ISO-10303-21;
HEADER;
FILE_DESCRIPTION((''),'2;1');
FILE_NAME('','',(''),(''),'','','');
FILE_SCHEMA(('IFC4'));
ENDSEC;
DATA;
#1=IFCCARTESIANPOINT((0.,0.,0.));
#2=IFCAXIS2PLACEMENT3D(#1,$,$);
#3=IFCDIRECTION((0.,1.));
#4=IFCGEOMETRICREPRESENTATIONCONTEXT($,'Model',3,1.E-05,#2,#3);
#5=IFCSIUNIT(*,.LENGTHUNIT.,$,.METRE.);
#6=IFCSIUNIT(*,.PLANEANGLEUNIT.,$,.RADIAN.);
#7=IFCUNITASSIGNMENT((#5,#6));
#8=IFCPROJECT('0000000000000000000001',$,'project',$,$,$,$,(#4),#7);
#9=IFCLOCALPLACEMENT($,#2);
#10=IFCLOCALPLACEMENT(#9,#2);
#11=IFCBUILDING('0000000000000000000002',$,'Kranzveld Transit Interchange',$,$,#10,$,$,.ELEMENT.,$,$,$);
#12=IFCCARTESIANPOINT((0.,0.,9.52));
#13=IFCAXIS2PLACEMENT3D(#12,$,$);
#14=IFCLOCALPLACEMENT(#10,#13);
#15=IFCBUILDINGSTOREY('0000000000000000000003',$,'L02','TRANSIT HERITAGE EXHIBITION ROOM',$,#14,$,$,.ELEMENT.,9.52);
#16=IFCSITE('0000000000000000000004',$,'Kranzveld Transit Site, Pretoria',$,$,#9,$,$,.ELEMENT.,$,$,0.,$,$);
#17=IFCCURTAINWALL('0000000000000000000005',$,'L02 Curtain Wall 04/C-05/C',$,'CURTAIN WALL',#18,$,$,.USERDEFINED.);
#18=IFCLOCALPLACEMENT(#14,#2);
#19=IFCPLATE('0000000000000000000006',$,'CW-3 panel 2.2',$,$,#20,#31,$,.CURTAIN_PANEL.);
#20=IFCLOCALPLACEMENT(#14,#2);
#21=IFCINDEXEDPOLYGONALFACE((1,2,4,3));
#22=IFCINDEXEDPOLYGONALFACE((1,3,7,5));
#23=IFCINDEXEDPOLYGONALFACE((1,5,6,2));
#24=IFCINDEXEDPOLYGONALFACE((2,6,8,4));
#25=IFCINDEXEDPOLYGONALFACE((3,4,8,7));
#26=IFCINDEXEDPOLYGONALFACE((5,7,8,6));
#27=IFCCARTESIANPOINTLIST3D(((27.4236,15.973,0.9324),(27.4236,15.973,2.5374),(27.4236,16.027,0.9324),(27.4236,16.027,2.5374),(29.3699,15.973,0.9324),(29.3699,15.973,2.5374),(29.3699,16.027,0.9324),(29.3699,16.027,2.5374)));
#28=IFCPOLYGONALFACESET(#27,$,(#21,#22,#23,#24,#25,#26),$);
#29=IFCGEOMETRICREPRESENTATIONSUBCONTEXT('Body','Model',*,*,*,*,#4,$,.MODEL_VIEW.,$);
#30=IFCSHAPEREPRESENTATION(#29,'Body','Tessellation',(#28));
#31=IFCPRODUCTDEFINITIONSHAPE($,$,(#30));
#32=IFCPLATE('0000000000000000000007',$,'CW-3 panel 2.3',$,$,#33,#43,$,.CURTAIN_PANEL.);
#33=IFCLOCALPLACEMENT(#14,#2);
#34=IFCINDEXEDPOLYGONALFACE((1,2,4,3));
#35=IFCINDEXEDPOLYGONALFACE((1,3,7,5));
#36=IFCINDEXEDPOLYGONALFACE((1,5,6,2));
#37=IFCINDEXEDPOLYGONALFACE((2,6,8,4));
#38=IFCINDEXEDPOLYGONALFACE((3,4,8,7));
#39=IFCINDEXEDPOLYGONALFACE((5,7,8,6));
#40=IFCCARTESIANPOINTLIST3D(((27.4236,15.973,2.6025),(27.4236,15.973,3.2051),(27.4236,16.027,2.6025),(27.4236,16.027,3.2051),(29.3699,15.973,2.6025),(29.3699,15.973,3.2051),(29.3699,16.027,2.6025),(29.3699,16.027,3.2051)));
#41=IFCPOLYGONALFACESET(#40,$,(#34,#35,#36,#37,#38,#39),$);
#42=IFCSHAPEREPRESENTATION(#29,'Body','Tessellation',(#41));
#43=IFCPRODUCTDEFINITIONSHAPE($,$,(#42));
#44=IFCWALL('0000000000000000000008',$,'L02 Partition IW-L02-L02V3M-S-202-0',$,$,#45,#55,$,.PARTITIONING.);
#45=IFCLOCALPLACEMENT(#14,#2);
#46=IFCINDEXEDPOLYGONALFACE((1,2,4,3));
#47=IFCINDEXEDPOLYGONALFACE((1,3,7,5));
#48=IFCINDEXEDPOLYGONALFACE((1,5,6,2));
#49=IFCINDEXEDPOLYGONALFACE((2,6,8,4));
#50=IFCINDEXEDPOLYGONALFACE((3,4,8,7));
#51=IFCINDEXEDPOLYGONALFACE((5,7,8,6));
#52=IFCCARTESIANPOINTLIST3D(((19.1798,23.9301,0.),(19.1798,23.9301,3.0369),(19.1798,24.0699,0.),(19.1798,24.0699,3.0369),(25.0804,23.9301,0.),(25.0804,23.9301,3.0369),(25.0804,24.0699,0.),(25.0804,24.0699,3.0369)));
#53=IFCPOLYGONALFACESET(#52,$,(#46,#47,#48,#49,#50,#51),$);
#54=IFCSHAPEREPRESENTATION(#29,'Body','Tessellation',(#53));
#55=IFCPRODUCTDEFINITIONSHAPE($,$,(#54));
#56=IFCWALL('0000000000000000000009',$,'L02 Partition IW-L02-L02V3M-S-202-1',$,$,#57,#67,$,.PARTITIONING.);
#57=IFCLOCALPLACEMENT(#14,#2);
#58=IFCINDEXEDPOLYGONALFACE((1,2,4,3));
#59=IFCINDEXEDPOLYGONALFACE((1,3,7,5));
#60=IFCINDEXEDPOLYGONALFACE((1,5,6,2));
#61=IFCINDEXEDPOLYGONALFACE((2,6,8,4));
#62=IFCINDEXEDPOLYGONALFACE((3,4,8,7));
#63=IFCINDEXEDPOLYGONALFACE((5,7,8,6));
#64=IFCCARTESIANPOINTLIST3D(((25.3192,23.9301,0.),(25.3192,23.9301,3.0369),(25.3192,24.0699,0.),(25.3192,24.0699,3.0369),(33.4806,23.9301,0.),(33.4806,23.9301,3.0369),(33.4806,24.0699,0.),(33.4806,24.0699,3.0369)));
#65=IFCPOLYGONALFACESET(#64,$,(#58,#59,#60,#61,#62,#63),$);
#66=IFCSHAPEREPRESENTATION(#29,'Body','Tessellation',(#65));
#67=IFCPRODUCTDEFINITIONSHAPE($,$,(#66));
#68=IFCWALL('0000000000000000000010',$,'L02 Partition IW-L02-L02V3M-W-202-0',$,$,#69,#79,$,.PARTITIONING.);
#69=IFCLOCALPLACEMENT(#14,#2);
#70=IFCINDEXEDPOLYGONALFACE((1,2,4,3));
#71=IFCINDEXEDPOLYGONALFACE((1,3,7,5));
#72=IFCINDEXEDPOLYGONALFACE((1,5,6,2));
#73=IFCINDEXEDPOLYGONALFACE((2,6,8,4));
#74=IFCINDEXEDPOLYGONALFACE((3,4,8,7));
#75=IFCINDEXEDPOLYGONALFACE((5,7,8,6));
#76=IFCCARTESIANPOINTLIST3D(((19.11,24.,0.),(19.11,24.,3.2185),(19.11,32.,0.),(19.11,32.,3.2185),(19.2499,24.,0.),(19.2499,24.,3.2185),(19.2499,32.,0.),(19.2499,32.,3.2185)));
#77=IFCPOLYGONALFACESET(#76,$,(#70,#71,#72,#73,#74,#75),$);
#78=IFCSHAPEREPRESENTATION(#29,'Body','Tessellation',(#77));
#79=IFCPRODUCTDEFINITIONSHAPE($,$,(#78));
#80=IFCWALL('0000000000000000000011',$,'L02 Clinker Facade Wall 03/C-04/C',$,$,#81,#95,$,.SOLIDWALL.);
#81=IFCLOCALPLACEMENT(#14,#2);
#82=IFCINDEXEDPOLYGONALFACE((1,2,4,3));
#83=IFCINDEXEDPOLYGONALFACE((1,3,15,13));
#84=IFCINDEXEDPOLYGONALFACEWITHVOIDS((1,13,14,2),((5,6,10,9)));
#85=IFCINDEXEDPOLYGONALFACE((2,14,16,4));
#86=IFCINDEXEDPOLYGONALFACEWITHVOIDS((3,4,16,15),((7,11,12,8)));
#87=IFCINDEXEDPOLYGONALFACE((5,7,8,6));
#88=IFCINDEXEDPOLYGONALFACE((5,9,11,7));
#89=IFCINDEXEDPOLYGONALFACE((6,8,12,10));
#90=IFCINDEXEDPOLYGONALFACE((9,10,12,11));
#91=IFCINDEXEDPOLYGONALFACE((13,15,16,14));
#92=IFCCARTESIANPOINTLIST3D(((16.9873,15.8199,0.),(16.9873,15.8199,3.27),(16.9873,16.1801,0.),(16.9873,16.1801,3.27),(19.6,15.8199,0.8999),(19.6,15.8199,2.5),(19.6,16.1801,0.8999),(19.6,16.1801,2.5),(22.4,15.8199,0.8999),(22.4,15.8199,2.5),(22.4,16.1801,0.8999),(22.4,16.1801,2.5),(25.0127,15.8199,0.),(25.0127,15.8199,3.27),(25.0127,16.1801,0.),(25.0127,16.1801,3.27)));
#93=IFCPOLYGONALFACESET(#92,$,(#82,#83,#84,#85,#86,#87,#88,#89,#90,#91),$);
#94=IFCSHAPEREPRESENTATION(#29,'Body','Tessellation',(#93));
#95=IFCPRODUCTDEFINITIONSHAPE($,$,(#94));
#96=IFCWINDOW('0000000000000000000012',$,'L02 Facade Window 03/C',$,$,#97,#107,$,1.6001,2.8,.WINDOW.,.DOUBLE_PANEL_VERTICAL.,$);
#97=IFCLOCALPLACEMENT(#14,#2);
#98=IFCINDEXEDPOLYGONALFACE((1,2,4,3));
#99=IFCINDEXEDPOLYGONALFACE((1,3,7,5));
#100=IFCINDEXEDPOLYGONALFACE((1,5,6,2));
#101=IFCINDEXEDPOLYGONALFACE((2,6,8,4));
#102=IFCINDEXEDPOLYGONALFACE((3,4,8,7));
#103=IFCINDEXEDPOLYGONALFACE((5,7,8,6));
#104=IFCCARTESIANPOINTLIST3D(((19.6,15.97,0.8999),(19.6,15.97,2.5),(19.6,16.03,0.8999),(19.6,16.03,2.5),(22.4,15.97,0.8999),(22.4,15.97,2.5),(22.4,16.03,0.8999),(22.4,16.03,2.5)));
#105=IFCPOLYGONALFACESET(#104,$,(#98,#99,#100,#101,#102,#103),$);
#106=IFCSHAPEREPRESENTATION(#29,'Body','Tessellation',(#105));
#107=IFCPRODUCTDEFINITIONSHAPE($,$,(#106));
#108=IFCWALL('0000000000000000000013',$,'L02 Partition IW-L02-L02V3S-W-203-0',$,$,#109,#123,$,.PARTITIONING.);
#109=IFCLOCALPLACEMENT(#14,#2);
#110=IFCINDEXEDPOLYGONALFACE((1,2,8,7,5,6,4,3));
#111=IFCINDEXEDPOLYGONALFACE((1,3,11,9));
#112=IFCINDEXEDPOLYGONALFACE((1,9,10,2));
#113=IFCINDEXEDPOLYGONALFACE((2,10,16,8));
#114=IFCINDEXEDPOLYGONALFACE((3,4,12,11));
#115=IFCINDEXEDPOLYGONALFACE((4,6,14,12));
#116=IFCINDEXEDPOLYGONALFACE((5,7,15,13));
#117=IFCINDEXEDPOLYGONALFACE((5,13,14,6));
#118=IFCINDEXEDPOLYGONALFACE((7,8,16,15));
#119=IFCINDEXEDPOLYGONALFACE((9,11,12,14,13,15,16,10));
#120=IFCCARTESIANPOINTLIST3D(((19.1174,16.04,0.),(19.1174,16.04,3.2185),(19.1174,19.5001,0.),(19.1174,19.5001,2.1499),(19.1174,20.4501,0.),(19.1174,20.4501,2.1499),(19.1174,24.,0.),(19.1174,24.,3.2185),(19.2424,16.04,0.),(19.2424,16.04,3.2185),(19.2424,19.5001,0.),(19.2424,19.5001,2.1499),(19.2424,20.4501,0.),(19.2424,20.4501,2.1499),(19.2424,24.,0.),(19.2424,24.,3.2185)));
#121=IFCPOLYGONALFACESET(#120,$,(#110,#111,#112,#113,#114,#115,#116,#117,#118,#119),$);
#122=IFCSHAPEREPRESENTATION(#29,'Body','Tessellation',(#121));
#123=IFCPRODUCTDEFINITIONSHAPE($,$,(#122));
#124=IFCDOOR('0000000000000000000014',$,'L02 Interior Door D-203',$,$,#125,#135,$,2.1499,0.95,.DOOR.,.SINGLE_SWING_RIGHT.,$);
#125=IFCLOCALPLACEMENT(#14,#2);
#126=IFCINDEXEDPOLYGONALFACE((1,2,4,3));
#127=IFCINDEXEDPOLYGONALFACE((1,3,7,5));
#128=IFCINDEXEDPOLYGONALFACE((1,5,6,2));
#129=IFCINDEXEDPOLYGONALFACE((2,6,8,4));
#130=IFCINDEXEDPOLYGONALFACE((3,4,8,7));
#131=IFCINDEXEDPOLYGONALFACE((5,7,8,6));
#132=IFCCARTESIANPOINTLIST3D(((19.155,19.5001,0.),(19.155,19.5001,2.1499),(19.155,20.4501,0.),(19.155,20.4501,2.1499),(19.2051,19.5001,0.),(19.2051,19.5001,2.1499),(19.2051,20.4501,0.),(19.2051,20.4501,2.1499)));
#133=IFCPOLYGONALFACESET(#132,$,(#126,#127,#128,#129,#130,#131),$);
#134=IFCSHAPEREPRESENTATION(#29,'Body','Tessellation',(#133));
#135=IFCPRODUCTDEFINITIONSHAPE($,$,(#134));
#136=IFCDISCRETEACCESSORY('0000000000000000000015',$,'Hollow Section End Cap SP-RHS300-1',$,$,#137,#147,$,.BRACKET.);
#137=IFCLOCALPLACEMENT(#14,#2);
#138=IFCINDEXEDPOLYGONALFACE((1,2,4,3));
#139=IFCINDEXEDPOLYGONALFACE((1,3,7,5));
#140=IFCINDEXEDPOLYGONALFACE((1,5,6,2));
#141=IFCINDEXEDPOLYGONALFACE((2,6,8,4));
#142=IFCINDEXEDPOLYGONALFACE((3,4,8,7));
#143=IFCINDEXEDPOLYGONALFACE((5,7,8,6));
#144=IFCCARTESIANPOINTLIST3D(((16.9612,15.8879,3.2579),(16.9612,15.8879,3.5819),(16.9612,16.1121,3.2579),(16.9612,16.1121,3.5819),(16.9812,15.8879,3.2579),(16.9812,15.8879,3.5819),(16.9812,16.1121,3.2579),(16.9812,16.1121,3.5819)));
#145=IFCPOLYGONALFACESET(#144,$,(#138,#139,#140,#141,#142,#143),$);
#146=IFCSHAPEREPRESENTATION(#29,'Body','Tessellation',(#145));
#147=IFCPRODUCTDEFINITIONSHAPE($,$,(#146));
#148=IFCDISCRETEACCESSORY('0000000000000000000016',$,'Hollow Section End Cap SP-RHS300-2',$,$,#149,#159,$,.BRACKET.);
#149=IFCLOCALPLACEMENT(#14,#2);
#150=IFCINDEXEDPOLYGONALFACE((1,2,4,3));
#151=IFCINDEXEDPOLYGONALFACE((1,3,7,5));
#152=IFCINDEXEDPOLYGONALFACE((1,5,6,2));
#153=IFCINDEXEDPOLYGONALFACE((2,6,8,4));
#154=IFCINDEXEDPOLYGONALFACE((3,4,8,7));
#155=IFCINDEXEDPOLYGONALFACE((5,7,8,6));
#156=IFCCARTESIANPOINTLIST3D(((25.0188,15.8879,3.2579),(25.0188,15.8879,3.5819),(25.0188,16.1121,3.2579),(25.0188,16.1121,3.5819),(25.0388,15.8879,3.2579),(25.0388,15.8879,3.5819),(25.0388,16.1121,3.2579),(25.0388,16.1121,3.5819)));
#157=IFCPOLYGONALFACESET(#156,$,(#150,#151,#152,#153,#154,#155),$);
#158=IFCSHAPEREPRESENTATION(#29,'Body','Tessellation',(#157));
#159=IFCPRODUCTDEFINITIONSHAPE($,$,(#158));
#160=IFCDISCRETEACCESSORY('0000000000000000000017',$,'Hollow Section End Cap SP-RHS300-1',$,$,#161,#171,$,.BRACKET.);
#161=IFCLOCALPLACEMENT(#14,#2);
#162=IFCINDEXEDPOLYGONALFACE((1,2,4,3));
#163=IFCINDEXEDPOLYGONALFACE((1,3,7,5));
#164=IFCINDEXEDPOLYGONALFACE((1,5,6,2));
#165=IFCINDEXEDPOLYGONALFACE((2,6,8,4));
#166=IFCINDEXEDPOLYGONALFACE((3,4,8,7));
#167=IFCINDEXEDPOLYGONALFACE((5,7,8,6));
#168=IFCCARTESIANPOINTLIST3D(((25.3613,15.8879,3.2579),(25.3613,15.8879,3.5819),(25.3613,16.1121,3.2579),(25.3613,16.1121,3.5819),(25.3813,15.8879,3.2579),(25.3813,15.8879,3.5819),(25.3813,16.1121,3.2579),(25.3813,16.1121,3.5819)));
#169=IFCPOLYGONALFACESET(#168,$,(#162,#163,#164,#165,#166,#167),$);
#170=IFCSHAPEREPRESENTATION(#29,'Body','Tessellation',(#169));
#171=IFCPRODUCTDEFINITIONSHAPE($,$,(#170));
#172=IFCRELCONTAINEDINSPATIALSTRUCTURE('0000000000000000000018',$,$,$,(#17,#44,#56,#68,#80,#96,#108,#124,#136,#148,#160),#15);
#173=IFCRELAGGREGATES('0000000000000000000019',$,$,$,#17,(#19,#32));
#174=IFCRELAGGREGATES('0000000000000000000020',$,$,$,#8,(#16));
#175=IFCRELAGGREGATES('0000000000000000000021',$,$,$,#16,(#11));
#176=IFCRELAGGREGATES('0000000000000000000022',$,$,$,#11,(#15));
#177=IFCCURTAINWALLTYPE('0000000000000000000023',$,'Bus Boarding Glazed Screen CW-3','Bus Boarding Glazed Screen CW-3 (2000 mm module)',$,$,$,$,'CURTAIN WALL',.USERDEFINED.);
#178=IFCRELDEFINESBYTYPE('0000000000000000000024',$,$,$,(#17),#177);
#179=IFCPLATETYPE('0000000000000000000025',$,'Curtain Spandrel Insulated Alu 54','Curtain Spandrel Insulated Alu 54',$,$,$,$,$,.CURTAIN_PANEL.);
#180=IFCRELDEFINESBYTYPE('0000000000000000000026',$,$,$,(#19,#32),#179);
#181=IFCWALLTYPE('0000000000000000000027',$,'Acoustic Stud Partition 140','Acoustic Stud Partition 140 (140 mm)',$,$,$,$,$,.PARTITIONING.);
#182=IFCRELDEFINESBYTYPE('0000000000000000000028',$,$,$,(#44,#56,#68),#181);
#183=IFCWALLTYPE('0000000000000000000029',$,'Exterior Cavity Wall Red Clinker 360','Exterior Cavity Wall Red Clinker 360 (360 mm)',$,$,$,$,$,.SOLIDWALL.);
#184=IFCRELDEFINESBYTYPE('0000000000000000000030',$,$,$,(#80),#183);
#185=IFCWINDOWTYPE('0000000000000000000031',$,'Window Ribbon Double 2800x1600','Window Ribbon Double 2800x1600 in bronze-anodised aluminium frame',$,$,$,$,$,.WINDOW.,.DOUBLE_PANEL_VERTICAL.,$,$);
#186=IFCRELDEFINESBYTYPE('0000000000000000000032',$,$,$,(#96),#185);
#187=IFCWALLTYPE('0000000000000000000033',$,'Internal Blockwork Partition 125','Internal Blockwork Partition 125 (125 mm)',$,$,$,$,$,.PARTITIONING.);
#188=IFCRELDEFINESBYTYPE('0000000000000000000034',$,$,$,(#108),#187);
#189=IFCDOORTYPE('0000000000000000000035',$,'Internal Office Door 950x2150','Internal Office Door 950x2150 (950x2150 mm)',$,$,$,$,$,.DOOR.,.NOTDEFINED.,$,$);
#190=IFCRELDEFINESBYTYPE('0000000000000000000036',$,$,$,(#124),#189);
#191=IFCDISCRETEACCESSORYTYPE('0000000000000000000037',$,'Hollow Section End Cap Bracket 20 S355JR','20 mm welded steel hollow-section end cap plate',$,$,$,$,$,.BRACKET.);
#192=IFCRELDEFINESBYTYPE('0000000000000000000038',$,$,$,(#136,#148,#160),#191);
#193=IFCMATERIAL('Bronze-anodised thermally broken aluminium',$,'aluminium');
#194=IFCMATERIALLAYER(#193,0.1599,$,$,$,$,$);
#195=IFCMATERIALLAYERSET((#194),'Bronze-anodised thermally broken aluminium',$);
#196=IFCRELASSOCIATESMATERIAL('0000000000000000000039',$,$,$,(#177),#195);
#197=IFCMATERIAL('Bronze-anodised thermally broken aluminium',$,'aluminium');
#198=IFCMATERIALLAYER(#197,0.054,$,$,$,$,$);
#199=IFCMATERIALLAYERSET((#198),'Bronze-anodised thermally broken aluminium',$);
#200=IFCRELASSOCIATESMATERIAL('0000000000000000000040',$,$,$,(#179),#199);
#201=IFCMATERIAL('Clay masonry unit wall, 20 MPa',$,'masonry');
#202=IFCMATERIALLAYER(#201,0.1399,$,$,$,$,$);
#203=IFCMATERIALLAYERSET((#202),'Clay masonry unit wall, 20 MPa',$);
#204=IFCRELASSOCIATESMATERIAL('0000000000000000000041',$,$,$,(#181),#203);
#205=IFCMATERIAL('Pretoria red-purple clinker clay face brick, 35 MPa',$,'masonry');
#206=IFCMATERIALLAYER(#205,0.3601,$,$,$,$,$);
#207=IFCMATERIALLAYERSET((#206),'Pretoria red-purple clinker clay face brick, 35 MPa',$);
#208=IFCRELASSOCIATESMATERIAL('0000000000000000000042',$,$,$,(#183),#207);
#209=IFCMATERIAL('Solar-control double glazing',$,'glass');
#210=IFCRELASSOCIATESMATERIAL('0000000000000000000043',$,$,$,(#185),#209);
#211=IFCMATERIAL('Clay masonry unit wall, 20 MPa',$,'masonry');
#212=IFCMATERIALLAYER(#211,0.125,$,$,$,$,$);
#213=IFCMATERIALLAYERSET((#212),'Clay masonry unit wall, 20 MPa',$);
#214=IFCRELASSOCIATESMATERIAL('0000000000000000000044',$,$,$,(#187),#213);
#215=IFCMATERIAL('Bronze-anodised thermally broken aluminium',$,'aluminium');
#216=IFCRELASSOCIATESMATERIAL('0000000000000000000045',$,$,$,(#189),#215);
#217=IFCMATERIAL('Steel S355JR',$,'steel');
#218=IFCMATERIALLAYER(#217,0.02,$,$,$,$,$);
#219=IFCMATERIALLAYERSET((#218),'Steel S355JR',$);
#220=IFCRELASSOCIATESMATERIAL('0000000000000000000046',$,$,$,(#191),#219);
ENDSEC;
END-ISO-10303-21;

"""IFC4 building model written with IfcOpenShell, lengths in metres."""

from ifc_helpers import new_model, si_unit, direction, frame, frame_2d, origin, origin_2d, place, context, subcontext, project, spatial, rectangle, extrude, material, layer, layer_set, type_object, element, fill, aggregate, save


model = new_model("IFC4")

# Units and contexts
model_context = context("Model", 3, precision=1e-05, world=origin(), true_north=direction((0.0, 1.0)))
body_context = subcontext(model_context, "Body", "Model", "MODEL_VIEW")
ifc_project = project(units=[si_unit("LENGTHUNIT", "METRE"), si_unit("PLANEANGLEUNIT", "RADIAN")], contexts=[model_context])

# Site, building, storey
site_placement = place(None, origin())
site = spatial("IfcSite", under=ifc_project, at=site_placement, Name="Kranzveld Transit Site, Pretoria", CompositionType="ELEMENT", RefElevation=0.0)
building_placement = place(site_placement, origin())
building = spatial("IfcBuilding", under=site, at=building_placement, Name="Kranzveld Transit Interchange", CompositionType="ELEMENT")
storey_placement = place(building_placement, frame((0.0, 0.0, 9.52)))
storey = spatial("IfcBuildingStorey", under=building, at=storey_placement, Name="L02", Description="TRANSIT HERITAGE EXHIBITION ROOM", CompositionType="ELEMENT", Elevation=9.52)

# Curtain wall
ifc_material_1 = material(Name="Bronze-anodised thermally broken aluminium", Category="aluminium")
ifc_layer_1 = layer(ifc_material_1, 0.1599)
ifc_layer_set_1 = layer_set([ifc_layer_1], Name="Bronze-anodised thermally broken aluminium")
curtain_wall_type = type_object("IfcCurtainWallType", Name="Bus Boarding Glazed Screen CW-3", Description="Bus Boarding Glazed Screen CW-3 (2000 mm module)", ElementType="CURTAIN WALL", PredefinedType="USERDEFINED", material=ifc_layer_set_1)
curtain_wall_placement = place(storey_placement, origin())
curtain_wall = element("IfcCurtainWall", 1, at=curtain_wall_placement, inside=storey, type_object=curtain_wall_type, Name="L02 Curtain Wall 04/C-05/C", ObjectType="CURTAIN WALL", PredefinedType="USERDEFINED")

# Plates
ifc_material_2 = material(Name="Bronze-anodised thermally broken aluminium", Category="aluminium")
ifc_layer_2 = layer(ifc_material_2, 0.054)
ifc_layer_set_2 = layer_set([ifc_layer_2], Name="Bronze-anodised thermally broken aluminium")
plate_type = type_object("IfcPlateType", Name="Curtain Spandrel Insulated Alu 54", Description="Curtain Spandrel Insulated Alu 54", PredefinedType="CURTAIN_PANEL", material=ifc_layer_set_2)
plate_1_placement = place(storey_placement, frame((28.3967, 16.0, 0.9324), z_axis=(0.0, 0.0, 1.0), x_axis=(1.0, 0.0, 0.0)))
plate_1 = element("IfcPlate", 2, at=plate_1_placement, type_object=plate_type, Name="CW-3 panel 2.2", PredefinedType="CURTAIN_PANEL", context=body_context, shape_type="SweptSolid", body=[
    extrude(rectangle(XDim=1.9463, YDim=0.054, at=origin_2d()), origin(), (0.0, 0.0, 1.0), 1.605),
])
plate_2_placement = place(storey_placement, frame((28.3967, 16.0, 2.6025), z_axis=(0.0, 0.0, 1.0), x_axis=(1.0, 0.0, 0.0)))
plate_2 = element("IfcPlate", 3, at=plate_2_placement, type_object=plate_type, Name="CW-3 panel 2.3", PredefinedType="CURTAIN_PANEL", context=body_context, shape_type="SweptSolid", body=[
    extrude(rectangle(XDim=1.9463, YDim=0.054, at=origin_2d()), origin(), (0.0, 0.0, 1.0), 0.6025),
])
aggregate(curtain_wall, [plate_1, plate_2])

# Walls
ifc_material_3 = material(Name="Clay masonry unit wall, 20 MPa", Category="masonry")
ifc_layer_3 = layer(ifc_material_3, 0.1399)
ifc_layer_set_3 = layer_set([ifc_layer_3], Name="Clay masonry unit wall, 20 MPa")
wall_type_1 = type_object("IfcWallType", Name="Acoustic Stud Partition 140", Description="Acoustic Stud Partition 140 (140 mm)", PredefinedType="PARTITIONING", material=ifc_layer_set_3)
wall_1_placement = place(storey_placement, frame((19.1799, 24.0, 0.0), z_axis=(0.0, 0.0, 1.0), x_axis=(1.0, 0.0, 0.0)))
element("IfcWall", 4, at=wall_1_placement, inside=storey, type_object=wall_type_1, Name="L02 Partition IW-L02-L02V3M-S-202-0", PredefinedType="PARTITIONING", context=body_context, shape_type="SweptSolid", body=[
    extrude(rectangle(XDim=5.9006, YDim=0.1399, at=frame_2d((2.9502, 0.0))), origin(), (0.0, 0.0, 1.0), 3.0369),
])
wall_2_placement = place(storey_placement, frame((25.3193, 24.0, 0.0), z_axis=(0.0, 0.0, 1.0), x_axis=(1.0, 0.0, 0.0)))
element("IfcWall", 5, at=wall_2_placement, inside=storey, type_object=wall_type_1, Name="L02 Partition IW-L02-L02V3M-S-202-1", PredefinedType="PARTITIONING", context=body_context, shape_type="SweptSolid", body=[
    extrude(rectangle(XDim=8.1614, YDim=0.1399, at=frame_2d((4.0806, 0.0))), origin(), (0.0, 0.0, 1.0), 3.0369),
])
wall_3_placement = place(storey_placement, frame((19.1799, 24.0, 0.0), z_axis=(0.0, 0.0, 1.0), x_axis=(0.0, 1.0, 0.0)))
element("IfcWall", 6, at=wall_3_placement, inside=storey, type_object=wall_type_1, Name="L02 Partition IW-L02-L02V3M-W-202-0", PredefinedType="PARTITIONING", context=body_context, shape_type="SweptSolid", body=[
    extrude(rectangle(XDim=8.0, YDim=0.1399, at=frame_2d((4.0, 0.0))), origin(), (0.0, 0.0, 1.0), 3.2185),
])

# Wall, opening, window
ifc_material_4 = material(Name="Pretoria red-purple clinker clay face brick, 35 MPa", Category="masonry")
ifc_layer_4 = layer(ifc_material_4, 0.3601)
ifc_layer_set_4 = layer_set([ifc_layer_4], Name="Pretoria red-purple clinker clay face brick, 35 MPa")
wall_type_2 = type_object("IfcWallType", Name="Exterior Cavity Wall Red Clinker 360", Description="Exterior Cavity Wall Red Clinker 360 (360 mm)", PredefinedType="SOLIDWALL", material=ifc_layer_set_4)
wall_4_placement = place(storey_placement, frame((16.9873, 16.0, 0.0), z_axis=(0.0, 0.0, 1.0), x_axis=(1.0, 0.0, 0.0)))
wall_4 = element("IfcWall", 7, at=wall_4_placement, inside=storey, type_object=wall_type_2, Name="L02 Clinker Facade Wall 03/C-04/C", PredefinedType="SOLIDWALL", context=body_context, shape_type="SweptSolid", body=[
    extrude(rectangle(XDim=8.0254, YDim=0.3601, at=frame_2d((4.0127, 0.0))), origin(), (0.0, 0.0, 1.0), 3.27),
])
opening_1_placement = place(wall_4_placement, frame((2.6128, 0.0, 0.8999), z_axis=(0.0, 0.0, 1.0), x_axis=(1.0, 0.0, 0.0)))
opening_1 = element("IfcOpeningElement", 8, at=opening_1_placement, cuts=wall_4, PredefinedType="OPENING", context=body_context, shape_type="SweptSolid", body=[
    extrude(rectangle(XDim=2.8, YDim=1.6001, at=frame_2d((1.3999, 0.8))), frame((0.0, 0.1899, 0.0), z_axis=(0.0, -1.0, 0.0), x_axis=(1.0, 0.0, 0.0)), (0.0, 0.0, 1.0), 0.3801),
])
ifc_material_5 = material(Name="Solar-control double glazing", Category="glass")
window_type = type_object("IfcWindowType", Name="Window Ribbon Double 2800x1600", Description="Window Ribbon Double 2800x1600 in bronze-anodised aluminium frame", PartitioningType="DOUBLE_PANEL_VERTICAL", PredefinedType="WINDOW", material=ifc_material_5)
window_placement = place(opening_1_placement, origin())
window = element("IfcWindow", 9, at=window_placement, inside=storey, type_object=window_type, Name="L02 Facade Window 03/C", OverallHeight=1.6001, OverallWidth=2.8, PartitioningType="DOUBLE_PANEL_VERTICAL", PredefinedType="WINDOW", context=body_context, shape_type="SweptSolid", body=[
    extrude(rectangle(XDim=2.8, YDim=1.6001, at=frame_2d((1.3999, 0.8))), frame((0.0, 0.03, 0.0), z_axis=(0.0, -1.0, 0.0), x_axis=(1.0, 0.0, 0.0)), (0.0, 0.0, 1.0), 0.0601),
])
fill(opening_1, window)

# Wall, opening, door
ifc_material_6 = material(Name="Clay masonry unit wall, 20 MPa", Category="masonry")
ifc_layer_5 = layer(ifc_material_6, 0.125)
ifc_layer_set_5 = layer_set([ifc_layer_5], Name="Clay masonry unit wall, 20 MPa")
wall_type_3 = type_object("IfcWallType", Name="Internal Blockwork Partition 125", Description="Internal Blockwork Partition 125 (125 mm)", PredefinedType="PARTITIONING", material=ifc_layer_set_5)
wall_5_placement = place(storey_placement, frame((19.1799, 16.04, 0.0), z_axis=(0.0, 0.0, 1.0), x_axis=(0.0, 1.0, 0.0)))
wall_5 = element("IfcWall", 10, at=wall_5_placement, inside=storey, type_object=wall_type_3, Name="L02 Partition IW-L02-L02V3S-W-203-0", PredefinedType="PARTITIONING", context=body_context, shape_type="SweptSolid", body=[
    extrude(rectangle(XDim=7.96, YDim=0.125, at=frame_2d((3.98, 0.0))), origin(), (0.0, 0.0, 1.0), 3.2185),
])
opening_2_placement = place(wall_5_placement, frame((3.46, 0.0, 0.0), z_axis=(0.0, 0.0, 1.0), x_axis=(1.0, 0.0, 0.0)))
opening_2 = element("IfcOpeningElement", 11, at=opening_2_placement, cuts=wall_5, PredefinedType="OPENING", context=body_context, shape_type="SweptSolid", body=[
    extrude(rectangle(XDim=0.95, YDim=2.1499, at=frame_2d((0.4751, 1.075))), frame((0.0, 0.0725, 0.0), z_axis=(0.0, -1.0, 0.0), x_axis=(1.0, 0.0, 0.0)), (0.0, 0.0, 1.0), 0.145),
])
ifc_material_7 = material(Name="Bronze-anodised thermally broken aluminium", Category="aluminium")
door_type = type_object("IfcDoorType", Name="Internal Office Door 950x2150", Description="Internal Office Door 950x2150 (950x2150 mm)", OperationType="NOTDEFINED", PredefinedType="DOOR", material=ifc_material_7)
door_placement = place(opening_2_placement, origin())
door = element("IfcDoor", 12, at=door_placement, inside=storey, type_object=door_type, Name="L02 Interior Door D-203", OperationType="SINGLE_SWING_RIGHT", OverallHeight=2.1499, OverallWidth=0.95, PredefinedType="DOOR", context=body_context, shape_type="SweptSolid", body=[
    extrude(rectangle(XDim=0.95, YDim=2.1499, at=frame_2d((0.4751, 1.075))), frame((0.0, 0.0249, 0.0), z_axis=(0.0, -1.0, 0.0), x_axis=(1.0, 0.0, 0.0)), (0.0, 0.0, 1.0), 0.05),
])
fill(opening_2, door)

# Discrete accessories
ifc_material_8 = material(Name="Steel S355JR", Category="steel")
ifc_layer_6 = layer(ifc_material_8, 0.02)
ifc_layer_set_6 = layer_set([ifc_layer_6], Name="Steel S355JR")
discrete_accessory_type = type_object("IfcDiscreteAccessoryType", Name="Hollow Section End Cap Bracket 20 S355JR", Description="20 mm welded steel hollow-section end cap plate", PredefinedType="BRACKET", material=ifc_layer_set_6)
for number, where, z_axis, x_axis, name in (
    (13, (16.9812, 16.0, 3.4199), (-1.0, 0.0, 0.0), (0.0, -1.0, 0.0), "Hollow Section End Cap SP-RHS300-1"),
    (14, (25.0188, 16.0, 3.4199), (1.0, 0.0, 0.0), (0.0, 1.0, 0.0), "Hollow Section End Cap SP-RHS300-2"),
    (15, (25.3813, 16.0, 3.4199), (-1.0, 0.0, 0.0), (0.0, -1.0, 0.0), "Hollow Section End Cap SP-RHS300-1"),
):
    element("IfcDiscreteAccessory", number, at=place(storey_placement, frame(where, z_axis=z_axis, x_axis=x_axis)), inside=storey, type_object=discrete_accessory_type, Name=name, PredefinedType="BRACKET", context=body_context, shape_type="SweptSolid", body=[
        extrude(rectangle(XDim=0.2241, YDim=0.324, at=origin_2d()), origin(), (0.0, 0.0, 1.0), 0.02),
    ])

save(model, "model.ifc")
